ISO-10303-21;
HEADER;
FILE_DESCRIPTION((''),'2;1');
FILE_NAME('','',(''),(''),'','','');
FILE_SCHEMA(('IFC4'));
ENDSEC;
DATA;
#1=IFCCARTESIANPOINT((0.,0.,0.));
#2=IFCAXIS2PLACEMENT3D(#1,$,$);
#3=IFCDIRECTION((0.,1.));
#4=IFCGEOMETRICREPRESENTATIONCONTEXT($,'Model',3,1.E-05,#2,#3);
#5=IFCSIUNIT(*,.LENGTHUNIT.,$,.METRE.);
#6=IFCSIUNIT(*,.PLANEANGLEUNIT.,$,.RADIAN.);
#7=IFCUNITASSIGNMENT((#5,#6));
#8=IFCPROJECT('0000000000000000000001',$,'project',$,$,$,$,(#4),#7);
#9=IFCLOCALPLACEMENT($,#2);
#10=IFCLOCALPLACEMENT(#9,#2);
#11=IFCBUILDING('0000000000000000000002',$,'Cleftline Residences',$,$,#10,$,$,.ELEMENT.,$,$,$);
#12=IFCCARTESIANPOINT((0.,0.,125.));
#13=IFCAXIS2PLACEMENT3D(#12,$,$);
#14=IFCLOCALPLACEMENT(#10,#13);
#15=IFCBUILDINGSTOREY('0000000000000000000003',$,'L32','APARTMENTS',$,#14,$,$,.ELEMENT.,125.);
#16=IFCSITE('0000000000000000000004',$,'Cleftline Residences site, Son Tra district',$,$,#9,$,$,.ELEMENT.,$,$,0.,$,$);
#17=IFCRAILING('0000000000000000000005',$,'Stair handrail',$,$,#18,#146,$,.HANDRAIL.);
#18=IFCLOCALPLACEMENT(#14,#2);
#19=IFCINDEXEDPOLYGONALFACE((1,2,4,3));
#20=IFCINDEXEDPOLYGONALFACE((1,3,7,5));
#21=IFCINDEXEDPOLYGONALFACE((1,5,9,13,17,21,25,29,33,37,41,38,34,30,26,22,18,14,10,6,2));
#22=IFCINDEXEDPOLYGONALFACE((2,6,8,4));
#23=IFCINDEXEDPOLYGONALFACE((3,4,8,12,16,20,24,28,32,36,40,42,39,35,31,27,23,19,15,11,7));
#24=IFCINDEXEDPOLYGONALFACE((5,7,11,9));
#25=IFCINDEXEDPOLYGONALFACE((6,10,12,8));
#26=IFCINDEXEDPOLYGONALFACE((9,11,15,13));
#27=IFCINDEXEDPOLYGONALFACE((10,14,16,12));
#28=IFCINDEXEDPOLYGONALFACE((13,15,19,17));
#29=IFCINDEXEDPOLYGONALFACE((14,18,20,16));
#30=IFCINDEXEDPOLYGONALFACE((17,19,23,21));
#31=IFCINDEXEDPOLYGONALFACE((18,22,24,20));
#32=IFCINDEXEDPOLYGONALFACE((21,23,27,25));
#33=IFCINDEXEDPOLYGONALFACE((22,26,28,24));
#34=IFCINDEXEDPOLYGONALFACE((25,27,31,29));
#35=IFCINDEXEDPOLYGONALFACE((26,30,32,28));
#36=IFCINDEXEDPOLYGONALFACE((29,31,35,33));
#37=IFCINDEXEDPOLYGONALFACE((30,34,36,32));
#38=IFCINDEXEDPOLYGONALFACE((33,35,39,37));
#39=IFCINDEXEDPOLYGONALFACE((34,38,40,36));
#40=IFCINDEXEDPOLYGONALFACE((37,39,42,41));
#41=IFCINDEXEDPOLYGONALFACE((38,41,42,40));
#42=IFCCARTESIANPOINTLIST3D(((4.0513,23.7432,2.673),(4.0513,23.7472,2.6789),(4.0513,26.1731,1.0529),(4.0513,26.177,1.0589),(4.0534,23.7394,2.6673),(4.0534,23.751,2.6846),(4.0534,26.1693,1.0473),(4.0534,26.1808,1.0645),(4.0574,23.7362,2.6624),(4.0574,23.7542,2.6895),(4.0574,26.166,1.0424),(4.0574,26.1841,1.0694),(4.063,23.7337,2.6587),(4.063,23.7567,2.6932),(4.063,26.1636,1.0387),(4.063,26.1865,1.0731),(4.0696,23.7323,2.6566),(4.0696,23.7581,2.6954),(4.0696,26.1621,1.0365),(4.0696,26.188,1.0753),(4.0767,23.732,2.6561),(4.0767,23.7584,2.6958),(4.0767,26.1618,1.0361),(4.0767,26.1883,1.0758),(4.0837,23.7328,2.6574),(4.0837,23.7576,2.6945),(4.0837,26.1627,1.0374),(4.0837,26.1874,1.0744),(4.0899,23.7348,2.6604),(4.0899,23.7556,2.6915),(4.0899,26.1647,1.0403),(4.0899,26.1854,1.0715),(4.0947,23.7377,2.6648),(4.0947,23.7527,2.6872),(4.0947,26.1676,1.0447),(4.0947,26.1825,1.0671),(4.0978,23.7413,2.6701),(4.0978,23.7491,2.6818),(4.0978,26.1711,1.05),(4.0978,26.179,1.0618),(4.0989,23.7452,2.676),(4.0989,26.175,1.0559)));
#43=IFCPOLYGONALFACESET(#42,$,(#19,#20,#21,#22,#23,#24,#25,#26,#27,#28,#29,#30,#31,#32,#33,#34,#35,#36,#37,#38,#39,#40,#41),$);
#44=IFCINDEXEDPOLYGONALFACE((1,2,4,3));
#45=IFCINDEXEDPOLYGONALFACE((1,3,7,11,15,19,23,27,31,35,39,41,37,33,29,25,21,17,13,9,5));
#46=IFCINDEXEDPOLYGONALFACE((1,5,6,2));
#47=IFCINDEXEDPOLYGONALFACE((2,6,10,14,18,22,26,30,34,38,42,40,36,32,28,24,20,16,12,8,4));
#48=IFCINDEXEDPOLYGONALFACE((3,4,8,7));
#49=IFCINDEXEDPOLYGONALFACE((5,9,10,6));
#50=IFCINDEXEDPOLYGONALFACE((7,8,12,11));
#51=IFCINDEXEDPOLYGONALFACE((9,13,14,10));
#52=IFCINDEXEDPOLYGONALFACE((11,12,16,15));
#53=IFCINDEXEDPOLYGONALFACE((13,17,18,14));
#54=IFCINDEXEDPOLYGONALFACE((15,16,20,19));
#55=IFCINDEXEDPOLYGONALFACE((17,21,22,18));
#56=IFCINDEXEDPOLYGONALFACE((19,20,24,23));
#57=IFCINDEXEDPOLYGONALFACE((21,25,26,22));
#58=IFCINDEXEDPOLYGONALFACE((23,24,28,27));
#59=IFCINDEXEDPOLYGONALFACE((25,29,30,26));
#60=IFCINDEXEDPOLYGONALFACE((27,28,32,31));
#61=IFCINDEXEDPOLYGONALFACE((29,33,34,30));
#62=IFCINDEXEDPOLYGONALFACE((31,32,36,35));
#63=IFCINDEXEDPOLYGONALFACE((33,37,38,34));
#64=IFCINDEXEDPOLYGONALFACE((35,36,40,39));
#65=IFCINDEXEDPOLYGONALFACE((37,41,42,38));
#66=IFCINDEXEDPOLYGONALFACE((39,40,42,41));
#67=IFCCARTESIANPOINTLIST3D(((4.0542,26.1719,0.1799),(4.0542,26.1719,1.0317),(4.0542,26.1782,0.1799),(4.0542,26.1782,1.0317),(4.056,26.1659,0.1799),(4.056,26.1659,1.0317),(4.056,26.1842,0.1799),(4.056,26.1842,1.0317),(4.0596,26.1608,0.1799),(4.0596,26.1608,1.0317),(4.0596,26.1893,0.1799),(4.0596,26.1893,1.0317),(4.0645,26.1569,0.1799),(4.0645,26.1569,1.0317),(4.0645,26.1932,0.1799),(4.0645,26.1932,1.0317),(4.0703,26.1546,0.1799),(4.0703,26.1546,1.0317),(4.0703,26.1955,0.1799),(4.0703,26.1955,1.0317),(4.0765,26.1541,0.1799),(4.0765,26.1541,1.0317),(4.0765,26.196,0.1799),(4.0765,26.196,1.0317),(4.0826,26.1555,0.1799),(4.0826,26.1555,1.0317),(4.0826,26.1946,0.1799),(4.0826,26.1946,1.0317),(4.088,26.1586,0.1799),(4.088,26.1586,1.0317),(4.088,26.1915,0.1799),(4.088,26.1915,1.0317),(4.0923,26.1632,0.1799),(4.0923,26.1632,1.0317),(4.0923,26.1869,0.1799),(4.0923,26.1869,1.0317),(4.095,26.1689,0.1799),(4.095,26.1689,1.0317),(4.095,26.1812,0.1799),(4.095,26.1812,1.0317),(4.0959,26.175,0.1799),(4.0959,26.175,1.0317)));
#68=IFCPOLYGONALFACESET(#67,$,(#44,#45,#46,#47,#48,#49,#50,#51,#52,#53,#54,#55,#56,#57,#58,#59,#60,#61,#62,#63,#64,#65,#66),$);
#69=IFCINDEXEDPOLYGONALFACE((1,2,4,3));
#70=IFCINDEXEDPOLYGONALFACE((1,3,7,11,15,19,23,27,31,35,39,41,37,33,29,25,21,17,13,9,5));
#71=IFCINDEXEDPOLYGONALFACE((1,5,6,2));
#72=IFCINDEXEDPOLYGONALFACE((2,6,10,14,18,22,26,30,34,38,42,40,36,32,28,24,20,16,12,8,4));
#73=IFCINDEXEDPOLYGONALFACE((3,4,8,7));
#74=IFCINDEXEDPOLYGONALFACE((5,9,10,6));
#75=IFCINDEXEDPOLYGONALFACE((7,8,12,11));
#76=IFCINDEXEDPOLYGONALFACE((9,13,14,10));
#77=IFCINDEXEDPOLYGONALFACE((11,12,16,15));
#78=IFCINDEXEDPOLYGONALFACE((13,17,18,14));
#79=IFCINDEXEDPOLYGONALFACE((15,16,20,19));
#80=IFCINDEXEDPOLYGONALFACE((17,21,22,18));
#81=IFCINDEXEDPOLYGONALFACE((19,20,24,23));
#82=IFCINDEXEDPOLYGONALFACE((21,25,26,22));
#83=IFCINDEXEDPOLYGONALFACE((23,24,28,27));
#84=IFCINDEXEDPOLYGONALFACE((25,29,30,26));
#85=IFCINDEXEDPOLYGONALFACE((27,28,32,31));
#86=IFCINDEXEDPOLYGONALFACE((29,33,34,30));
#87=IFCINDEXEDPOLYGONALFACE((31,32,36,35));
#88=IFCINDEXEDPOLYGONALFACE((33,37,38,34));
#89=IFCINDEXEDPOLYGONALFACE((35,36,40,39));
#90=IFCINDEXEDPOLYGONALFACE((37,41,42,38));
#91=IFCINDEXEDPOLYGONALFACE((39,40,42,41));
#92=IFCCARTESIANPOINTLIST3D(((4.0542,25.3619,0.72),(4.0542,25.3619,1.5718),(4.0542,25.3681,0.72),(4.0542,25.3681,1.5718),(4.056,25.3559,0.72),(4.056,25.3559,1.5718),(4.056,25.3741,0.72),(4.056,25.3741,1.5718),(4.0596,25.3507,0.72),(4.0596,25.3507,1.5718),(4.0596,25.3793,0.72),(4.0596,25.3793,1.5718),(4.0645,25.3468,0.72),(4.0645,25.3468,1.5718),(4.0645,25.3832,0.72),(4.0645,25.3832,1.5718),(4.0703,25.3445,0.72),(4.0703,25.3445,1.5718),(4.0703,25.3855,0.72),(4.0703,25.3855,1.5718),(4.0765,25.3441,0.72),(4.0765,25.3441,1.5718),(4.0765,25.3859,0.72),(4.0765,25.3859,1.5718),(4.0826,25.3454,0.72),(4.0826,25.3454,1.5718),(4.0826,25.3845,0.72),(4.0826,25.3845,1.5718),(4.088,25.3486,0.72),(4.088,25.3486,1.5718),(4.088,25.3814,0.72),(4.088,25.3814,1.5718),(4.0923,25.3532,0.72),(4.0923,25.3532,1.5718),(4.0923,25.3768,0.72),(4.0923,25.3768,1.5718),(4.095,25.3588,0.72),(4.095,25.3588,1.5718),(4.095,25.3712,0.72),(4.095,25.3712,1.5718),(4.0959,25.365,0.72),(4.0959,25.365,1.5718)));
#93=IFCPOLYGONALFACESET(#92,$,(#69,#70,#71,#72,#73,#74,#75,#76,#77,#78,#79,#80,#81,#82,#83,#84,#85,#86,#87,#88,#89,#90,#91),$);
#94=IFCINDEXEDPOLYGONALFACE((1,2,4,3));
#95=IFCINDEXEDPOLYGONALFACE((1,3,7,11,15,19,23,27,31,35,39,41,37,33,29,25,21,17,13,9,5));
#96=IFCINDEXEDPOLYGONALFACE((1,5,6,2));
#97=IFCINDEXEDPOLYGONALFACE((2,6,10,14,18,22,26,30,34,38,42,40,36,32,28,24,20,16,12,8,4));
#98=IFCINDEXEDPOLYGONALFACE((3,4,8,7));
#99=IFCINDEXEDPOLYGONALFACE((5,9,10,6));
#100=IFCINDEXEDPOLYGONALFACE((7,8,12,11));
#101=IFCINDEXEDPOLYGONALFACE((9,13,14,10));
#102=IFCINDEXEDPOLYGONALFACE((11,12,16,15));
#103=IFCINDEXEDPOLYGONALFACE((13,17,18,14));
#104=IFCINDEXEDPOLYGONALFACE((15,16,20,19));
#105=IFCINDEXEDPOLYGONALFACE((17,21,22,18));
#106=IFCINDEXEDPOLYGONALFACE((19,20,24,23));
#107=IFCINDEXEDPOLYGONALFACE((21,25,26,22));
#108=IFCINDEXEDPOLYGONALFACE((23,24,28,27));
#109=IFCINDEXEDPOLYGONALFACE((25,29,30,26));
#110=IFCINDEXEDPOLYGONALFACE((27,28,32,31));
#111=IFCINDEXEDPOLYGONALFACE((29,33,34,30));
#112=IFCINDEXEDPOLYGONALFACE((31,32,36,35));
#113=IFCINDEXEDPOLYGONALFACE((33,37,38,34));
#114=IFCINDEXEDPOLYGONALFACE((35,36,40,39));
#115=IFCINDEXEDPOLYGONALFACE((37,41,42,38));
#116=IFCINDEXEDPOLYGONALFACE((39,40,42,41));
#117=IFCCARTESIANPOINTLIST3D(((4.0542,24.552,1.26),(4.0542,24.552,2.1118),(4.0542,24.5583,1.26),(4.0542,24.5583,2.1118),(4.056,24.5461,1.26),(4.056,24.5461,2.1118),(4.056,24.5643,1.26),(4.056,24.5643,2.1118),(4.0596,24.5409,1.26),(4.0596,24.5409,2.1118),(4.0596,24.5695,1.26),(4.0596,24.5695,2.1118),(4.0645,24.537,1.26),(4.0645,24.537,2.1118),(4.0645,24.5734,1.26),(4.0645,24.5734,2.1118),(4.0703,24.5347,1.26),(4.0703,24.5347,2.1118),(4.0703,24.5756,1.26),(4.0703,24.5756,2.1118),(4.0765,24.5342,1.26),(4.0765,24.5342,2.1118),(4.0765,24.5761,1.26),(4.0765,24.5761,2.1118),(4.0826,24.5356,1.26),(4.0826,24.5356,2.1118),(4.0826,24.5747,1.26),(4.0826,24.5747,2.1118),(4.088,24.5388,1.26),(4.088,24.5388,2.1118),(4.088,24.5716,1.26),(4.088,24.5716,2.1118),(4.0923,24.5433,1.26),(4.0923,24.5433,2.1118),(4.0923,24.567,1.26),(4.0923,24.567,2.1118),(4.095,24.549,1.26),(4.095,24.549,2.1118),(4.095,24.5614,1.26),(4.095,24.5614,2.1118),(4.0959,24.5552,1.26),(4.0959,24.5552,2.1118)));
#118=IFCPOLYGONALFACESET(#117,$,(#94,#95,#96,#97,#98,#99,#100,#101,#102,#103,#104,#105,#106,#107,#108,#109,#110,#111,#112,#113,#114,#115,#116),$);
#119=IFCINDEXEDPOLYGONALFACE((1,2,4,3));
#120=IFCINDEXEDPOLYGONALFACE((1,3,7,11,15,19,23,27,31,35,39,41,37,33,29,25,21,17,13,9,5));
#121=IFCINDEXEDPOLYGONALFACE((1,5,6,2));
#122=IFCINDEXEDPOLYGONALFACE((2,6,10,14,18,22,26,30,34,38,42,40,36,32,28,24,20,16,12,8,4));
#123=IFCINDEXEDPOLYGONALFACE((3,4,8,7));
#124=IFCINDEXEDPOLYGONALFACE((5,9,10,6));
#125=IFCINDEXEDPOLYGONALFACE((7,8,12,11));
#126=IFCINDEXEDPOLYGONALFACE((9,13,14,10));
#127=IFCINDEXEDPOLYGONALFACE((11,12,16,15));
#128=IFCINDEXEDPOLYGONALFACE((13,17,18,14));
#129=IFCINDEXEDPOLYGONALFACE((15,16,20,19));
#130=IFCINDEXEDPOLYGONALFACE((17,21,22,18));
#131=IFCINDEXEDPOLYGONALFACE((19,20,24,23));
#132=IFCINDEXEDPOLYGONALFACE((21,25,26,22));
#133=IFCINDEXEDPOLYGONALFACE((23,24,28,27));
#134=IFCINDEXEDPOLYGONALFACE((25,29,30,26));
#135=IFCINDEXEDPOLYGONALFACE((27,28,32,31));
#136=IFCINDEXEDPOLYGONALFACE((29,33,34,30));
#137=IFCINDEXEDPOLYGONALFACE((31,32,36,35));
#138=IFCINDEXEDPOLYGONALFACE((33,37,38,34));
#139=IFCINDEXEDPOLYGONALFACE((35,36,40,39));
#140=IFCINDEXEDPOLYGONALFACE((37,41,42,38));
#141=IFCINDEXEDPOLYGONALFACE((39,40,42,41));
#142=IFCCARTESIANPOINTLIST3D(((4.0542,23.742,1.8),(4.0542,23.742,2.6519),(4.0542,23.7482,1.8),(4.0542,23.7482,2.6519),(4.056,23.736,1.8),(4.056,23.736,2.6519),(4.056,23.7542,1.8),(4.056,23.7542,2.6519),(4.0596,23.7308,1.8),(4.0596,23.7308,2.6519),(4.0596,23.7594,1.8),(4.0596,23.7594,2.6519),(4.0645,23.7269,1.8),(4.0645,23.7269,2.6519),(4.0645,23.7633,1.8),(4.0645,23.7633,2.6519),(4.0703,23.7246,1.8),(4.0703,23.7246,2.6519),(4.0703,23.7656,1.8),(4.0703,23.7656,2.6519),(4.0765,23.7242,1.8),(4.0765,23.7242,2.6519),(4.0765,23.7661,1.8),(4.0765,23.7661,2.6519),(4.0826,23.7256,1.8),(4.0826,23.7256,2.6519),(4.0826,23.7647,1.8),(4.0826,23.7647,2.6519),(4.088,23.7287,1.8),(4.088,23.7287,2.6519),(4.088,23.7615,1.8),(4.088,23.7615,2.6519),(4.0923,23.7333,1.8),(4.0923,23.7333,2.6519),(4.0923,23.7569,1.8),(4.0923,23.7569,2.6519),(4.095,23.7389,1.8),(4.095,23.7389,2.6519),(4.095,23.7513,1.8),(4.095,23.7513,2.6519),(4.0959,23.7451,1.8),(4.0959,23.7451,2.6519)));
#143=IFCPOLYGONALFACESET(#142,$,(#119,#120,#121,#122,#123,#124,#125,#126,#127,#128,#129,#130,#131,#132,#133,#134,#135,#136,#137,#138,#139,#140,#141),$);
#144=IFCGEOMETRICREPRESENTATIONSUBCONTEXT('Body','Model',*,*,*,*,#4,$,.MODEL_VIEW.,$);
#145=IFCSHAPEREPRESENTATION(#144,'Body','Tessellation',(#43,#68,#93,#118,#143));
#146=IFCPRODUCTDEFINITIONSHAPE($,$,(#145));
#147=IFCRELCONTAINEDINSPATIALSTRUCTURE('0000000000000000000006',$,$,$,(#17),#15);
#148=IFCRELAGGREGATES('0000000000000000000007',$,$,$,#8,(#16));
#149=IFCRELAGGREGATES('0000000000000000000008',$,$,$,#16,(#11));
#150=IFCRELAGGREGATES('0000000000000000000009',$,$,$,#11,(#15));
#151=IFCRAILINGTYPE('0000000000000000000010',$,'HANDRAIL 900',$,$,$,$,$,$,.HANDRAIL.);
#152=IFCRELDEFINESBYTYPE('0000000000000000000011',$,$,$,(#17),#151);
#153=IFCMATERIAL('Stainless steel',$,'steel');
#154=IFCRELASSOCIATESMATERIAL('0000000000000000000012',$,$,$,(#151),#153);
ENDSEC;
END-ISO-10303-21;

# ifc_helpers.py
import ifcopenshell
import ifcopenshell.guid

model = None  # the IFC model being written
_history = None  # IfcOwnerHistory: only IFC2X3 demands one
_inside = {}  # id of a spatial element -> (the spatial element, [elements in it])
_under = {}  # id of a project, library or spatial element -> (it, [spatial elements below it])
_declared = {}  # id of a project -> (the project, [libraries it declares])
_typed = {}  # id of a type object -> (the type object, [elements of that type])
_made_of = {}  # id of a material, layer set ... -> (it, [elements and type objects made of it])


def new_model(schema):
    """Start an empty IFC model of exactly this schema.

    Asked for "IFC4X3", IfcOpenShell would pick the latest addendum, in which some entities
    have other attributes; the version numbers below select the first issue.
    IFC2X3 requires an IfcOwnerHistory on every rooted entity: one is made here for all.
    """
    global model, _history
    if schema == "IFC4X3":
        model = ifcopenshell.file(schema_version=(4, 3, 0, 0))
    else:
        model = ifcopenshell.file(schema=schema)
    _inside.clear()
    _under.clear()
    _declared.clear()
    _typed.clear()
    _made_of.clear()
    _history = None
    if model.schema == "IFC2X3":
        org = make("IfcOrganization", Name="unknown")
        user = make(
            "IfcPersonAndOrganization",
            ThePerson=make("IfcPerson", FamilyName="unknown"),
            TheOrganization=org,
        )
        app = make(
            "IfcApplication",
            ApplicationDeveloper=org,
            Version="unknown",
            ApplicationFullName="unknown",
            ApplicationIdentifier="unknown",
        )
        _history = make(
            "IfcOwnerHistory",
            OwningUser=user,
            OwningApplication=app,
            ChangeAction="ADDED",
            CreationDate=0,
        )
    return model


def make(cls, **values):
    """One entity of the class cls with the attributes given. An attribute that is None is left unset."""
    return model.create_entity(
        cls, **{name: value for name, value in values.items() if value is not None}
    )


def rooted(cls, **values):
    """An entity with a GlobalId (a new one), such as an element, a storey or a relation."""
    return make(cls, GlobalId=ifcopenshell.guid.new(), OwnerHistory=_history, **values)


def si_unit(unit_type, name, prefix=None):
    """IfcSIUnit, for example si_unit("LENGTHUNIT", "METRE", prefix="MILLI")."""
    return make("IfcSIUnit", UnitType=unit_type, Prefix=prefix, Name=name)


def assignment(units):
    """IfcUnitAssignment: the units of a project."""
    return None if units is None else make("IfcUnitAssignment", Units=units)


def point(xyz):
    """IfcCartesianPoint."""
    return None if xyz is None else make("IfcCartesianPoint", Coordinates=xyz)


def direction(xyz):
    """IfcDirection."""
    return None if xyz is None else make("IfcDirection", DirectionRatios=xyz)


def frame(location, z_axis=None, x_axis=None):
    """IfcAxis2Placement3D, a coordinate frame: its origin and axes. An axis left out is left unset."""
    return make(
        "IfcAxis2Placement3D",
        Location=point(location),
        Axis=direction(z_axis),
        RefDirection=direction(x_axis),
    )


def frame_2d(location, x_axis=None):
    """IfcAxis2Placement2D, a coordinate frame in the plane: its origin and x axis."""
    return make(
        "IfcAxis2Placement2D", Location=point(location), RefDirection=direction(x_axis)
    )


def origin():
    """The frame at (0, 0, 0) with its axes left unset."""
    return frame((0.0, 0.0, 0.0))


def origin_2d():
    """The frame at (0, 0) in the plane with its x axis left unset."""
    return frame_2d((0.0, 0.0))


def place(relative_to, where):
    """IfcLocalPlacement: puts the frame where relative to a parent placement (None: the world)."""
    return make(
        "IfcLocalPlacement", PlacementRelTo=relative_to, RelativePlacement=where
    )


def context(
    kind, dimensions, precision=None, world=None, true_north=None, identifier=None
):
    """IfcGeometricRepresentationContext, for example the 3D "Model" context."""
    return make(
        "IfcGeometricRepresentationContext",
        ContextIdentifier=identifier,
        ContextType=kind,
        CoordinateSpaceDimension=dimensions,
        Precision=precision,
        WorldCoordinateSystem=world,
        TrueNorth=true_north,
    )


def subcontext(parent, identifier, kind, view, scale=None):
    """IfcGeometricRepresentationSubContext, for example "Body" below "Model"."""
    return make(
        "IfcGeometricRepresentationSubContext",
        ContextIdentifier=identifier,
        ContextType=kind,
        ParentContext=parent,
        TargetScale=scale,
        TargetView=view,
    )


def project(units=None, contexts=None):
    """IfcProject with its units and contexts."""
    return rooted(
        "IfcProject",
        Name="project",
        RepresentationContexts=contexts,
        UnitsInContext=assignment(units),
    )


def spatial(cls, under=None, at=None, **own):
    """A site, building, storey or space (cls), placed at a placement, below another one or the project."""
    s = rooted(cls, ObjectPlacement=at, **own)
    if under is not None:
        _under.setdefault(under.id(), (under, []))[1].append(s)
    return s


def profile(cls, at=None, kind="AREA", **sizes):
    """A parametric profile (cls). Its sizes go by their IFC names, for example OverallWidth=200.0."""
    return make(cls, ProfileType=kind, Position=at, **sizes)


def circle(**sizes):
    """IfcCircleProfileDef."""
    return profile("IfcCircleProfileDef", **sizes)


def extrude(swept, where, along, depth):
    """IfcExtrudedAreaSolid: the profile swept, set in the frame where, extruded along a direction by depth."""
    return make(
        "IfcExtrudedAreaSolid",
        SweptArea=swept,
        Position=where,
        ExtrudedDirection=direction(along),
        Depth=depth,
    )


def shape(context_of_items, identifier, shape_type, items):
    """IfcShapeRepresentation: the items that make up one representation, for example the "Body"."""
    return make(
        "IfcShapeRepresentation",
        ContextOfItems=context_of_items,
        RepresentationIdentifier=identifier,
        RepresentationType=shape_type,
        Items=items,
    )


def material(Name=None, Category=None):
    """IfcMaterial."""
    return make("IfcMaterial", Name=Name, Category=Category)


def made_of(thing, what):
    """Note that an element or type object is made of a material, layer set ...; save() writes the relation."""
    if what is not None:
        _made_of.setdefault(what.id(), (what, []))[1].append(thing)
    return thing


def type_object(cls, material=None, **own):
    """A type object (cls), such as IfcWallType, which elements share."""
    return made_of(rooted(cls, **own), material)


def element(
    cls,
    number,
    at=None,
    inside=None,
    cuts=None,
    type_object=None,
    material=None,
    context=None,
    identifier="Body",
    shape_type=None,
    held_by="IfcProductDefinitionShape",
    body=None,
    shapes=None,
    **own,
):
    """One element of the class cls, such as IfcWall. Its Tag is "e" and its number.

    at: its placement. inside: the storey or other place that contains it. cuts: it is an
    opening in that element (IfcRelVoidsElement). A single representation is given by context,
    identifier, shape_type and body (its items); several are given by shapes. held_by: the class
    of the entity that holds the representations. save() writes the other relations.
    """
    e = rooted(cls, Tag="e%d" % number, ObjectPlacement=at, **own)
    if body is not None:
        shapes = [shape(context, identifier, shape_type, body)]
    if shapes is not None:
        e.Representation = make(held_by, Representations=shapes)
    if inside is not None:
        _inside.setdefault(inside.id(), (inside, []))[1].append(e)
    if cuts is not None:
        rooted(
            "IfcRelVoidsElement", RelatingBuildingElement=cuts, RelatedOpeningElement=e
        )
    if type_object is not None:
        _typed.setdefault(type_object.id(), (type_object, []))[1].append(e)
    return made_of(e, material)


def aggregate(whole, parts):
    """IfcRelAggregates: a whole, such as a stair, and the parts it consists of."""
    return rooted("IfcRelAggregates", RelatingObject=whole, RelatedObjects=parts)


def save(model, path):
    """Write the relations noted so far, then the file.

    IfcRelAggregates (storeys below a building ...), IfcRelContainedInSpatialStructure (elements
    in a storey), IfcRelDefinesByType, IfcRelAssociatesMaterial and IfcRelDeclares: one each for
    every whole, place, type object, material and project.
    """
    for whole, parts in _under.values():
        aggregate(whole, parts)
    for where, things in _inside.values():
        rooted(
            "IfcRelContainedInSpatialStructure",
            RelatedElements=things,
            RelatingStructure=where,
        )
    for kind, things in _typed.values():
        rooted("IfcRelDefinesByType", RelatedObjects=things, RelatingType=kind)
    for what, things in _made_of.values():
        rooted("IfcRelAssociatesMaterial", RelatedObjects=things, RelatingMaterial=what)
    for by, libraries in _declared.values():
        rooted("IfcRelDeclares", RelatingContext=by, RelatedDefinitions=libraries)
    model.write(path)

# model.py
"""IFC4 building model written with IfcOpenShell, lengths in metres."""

from ifc_helpers import new_model, si_unit, direction, frame, origin, origin_2d, place, context, subcontext, project, spatial, circle, extrude, material, type_object, element, save


model = new_model("IFC4")

# Units and contexts
model_context = context("Model", 3, precision=1e-05, world=origin(), true_north=direction((0.0, 1.0)))
body_context = subcontext(model_context, "Body", "Model", "MODEL_VIEW")
ifc_project = project(units=[si_unit("LENGTHUNIT", "METRE"), si_unit("PLANEANGLEUNIT", "RADIAN")], contexts=[model_context])

# Site, building, storey
site_placement = place(None, origin())
site = spatial("IfcSite", under=ifc_project, at=site_placement, Name="Cleftline Residences site, Son Tra district", CompositionType="ELEMENT", RefElevation=0.0)
building_placement = place(site_placement, origin())
building = spatial("IfcBuilding", under=site, at=building_placement, Name="Cleftline Residences", CompositionType="ELEMENT")
storey_placement = place(building_placement, frame((0.0, 0.0, 125.0)))
storey = spatial("IfcBuildingStorey", under=building, at=storey_placement, Name="L32", Description="APARTMENTS", CompositionType="ELEMENT", Elevation=125.0)

# Railing
ifc_material_1 = material(Name="Stainless steel", Category="steel")
railing_type = type_object("IfcRailingType", Name="HANDRAIL 900", PredefinedType="HANDRAIL", material=ifc_material_1)
railing_placement = place(storey_placement, frame((4.075, 26.175, 0.1799)))
element("IfcRailing", 1, at=railing_placement, inside=storey, type_object=railing_type, Name="Stair handrail", PredefinedType="HANDRAIL", context=body_context, shape_type="SweptSolid", body=[
    extrude(circle(Radius=0.0239, at=origin_2d()), frame((0.0, 0.0, 0.876), z_axis=(0.0, -0.832025, 0.554739), x_axis=(1.0, 0.0, 0.0)), (0.0, 0.0, 1.0), 2.9204),
    extrude(circle(Radius=0.021, at=origin_2d()), origin(), (0.0, 0.0, 1.0), 0.8518),
    extrude(circle(Radius=0.021, at=origin_2d()), frame((0.0, -0.8101, 0.54)), (0.0, 0.0, 1.0), 0.8518),
    extrude(circle(Radius=0.021, at=origin_2d()), frame((0.0, -1.6199, 1.0801)), (0.0, 0.0, 1.0), 0.8518),
    extrude(circle(Radius=0.021, at=origin_2d()), frame((0.0, -2.4299, 1.6201)), (0.0, 0.0, 1.0), 0.8518),
])

save(model, "model.ifc")
